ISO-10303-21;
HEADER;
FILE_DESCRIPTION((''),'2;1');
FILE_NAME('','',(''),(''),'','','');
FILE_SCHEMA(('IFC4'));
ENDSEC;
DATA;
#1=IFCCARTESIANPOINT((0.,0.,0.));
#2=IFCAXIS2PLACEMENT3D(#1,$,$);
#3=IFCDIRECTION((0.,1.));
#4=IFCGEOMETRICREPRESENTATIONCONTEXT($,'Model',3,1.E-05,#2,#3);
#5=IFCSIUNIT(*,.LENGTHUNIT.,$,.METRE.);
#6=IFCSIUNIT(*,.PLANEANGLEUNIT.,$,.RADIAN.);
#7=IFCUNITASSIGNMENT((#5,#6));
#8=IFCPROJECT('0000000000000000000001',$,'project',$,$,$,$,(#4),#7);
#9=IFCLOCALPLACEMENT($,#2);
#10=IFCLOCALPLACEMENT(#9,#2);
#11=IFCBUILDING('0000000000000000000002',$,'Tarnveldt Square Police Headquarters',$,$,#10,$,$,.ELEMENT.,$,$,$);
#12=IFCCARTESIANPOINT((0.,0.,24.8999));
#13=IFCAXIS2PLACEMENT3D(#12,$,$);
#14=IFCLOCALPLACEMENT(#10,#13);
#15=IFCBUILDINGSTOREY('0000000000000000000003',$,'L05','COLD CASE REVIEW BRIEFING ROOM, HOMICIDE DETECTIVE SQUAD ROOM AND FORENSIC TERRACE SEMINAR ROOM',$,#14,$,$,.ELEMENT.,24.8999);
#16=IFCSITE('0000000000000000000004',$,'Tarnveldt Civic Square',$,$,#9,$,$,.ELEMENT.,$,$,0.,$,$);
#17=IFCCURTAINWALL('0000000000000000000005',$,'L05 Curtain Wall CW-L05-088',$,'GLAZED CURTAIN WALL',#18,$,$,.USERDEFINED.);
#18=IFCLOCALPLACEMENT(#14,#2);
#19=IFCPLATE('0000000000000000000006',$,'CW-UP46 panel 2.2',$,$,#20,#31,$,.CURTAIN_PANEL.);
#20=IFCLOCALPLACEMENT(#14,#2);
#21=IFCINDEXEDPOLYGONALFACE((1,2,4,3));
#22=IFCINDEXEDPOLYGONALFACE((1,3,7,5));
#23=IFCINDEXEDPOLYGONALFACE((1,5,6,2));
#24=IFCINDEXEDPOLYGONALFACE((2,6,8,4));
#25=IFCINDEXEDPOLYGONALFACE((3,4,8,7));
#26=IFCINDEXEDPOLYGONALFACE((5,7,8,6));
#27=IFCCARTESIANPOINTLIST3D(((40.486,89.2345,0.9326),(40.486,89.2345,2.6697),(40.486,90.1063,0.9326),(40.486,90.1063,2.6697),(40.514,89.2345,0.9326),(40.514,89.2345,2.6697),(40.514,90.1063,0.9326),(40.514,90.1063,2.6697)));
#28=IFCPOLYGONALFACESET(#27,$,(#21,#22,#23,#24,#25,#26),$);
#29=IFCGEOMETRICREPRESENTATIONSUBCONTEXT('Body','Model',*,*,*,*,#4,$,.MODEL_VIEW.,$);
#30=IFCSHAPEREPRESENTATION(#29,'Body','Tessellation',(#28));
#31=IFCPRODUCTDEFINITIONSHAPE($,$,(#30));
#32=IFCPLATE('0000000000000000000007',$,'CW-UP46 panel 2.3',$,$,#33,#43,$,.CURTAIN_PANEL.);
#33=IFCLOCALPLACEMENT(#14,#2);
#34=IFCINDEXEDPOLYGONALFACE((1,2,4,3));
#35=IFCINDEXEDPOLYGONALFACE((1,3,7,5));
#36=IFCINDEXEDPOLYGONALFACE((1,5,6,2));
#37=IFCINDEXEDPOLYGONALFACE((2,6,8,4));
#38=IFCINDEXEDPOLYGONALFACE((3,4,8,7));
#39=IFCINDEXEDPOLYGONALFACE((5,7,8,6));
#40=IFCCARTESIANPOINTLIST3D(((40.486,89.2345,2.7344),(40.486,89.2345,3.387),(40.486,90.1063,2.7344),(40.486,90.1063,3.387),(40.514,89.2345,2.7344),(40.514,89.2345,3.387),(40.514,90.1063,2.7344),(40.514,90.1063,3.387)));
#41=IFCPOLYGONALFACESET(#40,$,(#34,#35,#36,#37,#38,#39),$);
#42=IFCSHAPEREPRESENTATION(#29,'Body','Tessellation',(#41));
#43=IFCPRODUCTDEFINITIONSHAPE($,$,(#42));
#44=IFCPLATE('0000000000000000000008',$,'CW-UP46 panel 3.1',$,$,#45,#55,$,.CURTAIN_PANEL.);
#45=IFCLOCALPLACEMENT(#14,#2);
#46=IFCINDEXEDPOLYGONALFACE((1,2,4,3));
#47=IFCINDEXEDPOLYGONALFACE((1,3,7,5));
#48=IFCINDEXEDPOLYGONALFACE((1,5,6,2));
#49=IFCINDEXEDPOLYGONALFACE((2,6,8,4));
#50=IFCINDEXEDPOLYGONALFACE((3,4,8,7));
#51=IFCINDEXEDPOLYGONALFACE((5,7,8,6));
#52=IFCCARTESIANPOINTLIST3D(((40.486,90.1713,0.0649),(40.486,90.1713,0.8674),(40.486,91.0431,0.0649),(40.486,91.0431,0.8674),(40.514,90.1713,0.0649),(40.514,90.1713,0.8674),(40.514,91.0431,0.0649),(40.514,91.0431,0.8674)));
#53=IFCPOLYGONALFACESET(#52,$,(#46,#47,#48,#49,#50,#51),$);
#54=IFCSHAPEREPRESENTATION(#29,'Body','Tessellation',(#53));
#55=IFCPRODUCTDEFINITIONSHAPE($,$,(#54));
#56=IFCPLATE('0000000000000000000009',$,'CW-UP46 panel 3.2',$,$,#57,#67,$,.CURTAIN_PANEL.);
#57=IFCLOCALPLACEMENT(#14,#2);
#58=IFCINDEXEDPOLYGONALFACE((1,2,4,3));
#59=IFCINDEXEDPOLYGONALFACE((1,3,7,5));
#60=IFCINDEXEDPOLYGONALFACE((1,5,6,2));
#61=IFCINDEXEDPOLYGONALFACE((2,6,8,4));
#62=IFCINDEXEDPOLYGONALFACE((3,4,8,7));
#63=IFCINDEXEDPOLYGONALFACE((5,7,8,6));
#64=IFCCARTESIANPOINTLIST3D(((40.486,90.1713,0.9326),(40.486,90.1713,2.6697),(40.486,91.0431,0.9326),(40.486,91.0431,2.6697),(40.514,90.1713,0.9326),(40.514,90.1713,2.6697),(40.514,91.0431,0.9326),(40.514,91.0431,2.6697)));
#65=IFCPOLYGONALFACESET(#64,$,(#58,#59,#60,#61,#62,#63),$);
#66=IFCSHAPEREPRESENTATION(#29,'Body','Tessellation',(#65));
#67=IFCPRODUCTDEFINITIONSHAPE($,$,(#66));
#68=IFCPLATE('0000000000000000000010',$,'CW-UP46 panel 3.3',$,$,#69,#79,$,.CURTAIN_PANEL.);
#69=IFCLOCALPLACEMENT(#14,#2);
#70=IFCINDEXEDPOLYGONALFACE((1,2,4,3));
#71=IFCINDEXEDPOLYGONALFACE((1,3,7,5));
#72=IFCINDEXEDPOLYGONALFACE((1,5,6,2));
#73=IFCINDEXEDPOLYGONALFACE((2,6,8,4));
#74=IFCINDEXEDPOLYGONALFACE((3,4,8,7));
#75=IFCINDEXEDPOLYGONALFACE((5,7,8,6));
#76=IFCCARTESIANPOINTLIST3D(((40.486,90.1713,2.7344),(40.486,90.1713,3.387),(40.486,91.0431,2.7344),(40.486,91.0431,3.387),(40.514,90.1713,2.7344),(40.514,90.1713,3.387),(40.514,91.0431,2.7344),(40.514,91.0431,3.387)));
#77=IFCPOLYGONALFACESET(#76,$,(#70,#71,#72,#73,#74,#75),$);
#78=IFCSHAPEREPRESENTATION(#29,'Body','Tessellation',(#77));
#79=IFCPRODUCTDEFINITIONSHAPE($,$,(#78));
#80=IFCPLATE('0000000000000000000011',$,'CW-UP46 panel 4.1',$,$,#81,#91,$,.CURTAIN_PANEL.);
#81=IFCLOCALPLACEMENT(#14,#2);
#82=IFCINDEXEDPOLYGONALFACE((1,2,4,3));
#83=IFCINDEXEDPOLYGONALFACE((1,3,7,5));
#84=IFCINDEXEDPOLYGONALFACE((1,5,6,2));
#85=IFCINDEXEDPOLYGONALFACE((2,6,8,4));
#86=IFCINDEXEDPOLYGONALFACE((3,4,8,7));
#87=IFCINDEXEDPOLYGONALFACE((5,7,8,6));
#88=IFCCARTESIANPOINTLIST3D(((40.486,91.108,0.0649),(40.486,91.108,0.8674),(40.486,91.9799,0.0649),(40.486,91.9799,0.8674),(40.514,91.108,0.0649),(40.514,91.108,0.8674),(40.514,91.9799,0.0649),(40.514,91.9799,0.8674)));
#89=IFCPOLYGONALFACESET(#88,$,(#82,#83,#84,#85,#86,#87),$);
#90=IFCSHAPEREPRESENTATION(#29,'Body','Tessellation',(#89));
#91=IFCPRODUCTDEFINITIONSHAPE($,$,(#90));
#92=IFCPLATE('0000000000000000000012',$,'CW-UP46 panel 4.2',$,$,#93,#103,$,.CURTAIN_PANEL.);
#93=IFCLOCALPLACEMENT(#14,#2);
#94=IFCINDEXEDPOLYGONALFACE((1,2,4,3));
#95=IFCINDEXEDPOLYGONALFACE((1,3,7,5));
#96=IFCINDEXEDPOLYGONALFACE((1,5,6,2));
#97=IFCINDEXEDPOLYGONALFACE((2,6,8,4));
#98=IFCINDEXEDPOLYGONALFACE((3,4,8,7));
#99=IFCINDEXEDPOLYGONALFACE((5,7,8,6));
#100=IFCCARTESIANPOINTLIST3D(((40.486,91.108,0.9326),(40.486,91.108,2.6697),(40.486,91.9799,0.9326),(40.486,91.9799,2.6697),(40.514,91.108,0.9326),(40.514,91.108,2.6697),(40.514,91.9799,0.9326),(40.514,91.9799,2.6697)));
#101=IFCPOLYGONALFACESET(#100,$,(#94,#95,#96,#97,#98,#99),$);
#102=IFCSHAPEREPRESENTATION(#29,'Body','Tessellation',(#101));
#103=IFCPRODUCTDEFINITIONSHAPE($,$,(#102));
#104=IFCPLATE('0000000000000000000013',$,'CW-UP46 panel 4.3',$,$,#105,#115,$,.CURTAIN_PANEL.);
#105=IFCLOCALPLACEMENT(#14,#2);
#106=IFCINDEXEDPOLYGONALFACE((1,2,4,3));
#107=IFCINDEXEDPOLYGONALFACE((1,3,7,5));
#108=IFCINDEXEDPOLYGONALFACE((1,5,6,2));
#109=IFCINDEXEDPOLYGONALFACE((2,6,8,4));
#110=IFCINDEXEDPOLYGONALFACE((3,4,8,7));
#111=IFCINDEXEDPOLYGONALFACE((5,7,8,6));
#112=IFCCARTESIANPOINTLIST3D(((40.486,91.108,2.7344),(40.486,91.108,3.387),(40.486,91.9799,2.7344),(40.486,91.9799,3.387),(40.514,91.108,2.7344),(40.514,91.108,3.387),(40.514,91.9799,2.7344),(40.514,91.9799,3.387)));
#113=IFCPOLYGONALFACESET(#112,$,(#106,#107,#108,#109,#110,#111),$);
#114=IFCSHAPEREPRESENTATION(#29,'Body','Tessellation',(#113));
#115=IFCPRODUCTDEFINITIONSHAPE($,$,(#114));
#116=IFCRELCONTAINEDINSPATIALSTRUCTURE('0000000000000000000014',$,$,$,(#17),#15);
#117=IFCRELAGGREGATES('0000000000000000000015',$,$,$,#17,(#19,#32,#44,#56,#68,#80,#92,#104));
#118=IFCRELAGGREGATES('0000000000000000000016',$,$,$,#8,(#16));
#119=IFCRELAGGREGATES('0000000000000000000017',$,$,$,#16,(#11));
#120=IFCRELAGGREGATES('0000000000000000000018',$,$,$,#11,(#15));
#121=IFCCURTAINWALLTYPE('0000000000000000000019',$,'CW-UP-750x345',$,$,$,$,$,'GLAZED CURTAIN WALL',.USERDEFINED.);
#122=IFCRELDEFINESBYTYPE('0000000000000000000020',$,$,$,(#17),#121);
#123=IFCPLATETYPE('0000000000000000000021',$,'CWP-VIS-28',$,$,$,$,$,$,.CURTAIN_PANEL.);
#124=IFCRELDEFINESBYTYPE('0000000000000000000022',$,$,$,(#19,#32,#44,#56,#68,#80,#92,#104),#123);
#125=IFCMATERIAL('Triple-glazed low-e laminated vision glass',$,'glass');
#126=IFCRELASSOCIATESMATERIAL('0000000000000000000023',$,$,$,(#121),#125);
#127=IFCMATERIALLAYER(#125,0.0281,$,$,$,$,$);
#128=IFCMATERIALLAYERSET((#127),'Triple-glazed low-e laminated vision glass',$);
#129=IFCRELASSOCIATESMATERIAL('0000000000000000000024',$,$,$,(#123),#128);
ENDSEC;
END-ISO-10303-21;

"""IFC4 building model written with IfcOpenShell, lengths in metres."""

from ifc_helpers import new_model, si_unit, direction, frame, origin, origin_2d, place, context, subcontext, project, spatial, rectangle, extrude, material, layer, layer_set, type_object, element, aggregate, save


model = new_model("IFC4")

# Units and contexts
model_context = context("Model", 3, precision=1e-05, world=origin(), true_north=direction((0.0, 1.0)))
body_context = subcontext(model_context, "Body", "Model", "MODEL_VIEW")
ifc_project = project(units=[si_unit("LENGTHUNIT", "METRE"), si_unit("PLANEANGLEUNIT", "RADIAN")], contexts=[model_context])

# Site, building, storey
site_placement = place(None, origin())
site = spatial("IfcSite", under=ifc_project, at=site_placement, Name="Tarnveldt Civic Square", CompositionType="ELEMENT", RefElevation=0.0)
building_placement = place(site_placement, origin())
building = spatial("IfcBuilding", under=site, at=building_placement, Name="Tarnveldt Square Police Headquarters", CompositionType="ELEMENT")
storey_placement = place(building_placement, frame((0.0, 0.0, 24.8999)))
storey = spatial("IfcBuildingStorey", under=building, at=storey_placement, Name="L05", Description="COLD CASE REVIEW BRIEFING ROOM, HOMICIDE DETECTIVE SQUAD ROOM AND FORENSIC TERRACE SEMINAR ROOM", CompositionType="ELEMENT", Elevation=24.8999)

# Curtain wall
ifc_material_1 = material(Name="Triple-glazed low-e laminated vision glass", Category="glass")
curtain_wall_type_1 = type_object("IfcCurtainWallType", Name="CW-UP-750x345", ElementType="GLAZED CURTAIN WALL", PredefinedType="USERDEFINED", material=ifc_material_1)
curtain_wall_1_placement = place(storey_placement, origin())
curtain_wall_1 = element("IfcCurtainWall", 1, at=curtain_wall_1_placement, inside=storey, type_object=curtain_wall_type_1, Name="L05 Curtain Wall CW-L05-088", ObjectType="GLAZED CURTAIN WALL", PredefinedType="USERDEFINED")

# Shared definitions
ifc_layer = layer(ifc_material_1, 0.0281)
ifc_layer_set = layer_set([ifc_layer], Name="Triple-glazed low-e laminated vision glass")
plate_type = type_object("IfcPlateType", Name="CWP-VIS-28", PredefinedType="CURTAIN_PANEL", material=ifc_layer_set)

# Plates
plate_1_placement = place(storey_placement, frame((40.5, 89.6704, 0.9326), z_axis=(0.0, 0.0, 1.0), x_axis=(0.0, 1.0, 0.0)))
plate_1 = element("IfcPlate", 2, at=plate_1_placement, type_object=plate_type, Name="CW-UP46 panel 2.2", PredefinedType="CURTAIN_PANEL", context=body_context, shape_type="SweptSolid", body=[
    extrude(rectangle(XDim=0.8718, YDim=0.0281, at=origin_2d()), origin(), (0.0, 0.0, 1.0), 1.7371),
])
plate_2_placement = place(storey_placement, frame((40.5, 89.6704, 2.7344), z_axis=(0.0, 0.0, 1.0), x_axis=(0.0, 1.0, 0.0)))
plate_2 = element("IfcPlate", 3, at=plate_2_placement, type_object=plate_type, Name="CW-UP46 panel 2.3", PredefinedType="CURTAIN_PANEL", context=body_context, shape_type="SweptSolid", body=[
    extrude(rectangle(XDim=0.8718, YDim=0.0281, at=origin_2d()), origin(), (0.0, 0.0, 1.0), 0.6526),
])
plate_3_placement = place(storey_placement, frame((40.5, 90.6072, 0.0649), z_axis=(0.0, 0.0, 1.0), x_axis=(0.0, 1.0, 0.0)))
plate_3 = element("IfcPlate", 4, at=plate_3_placement, type_object=plate_type, Name="CW-UP46 panel 3.1", PredefinedType="CURTAIN_PANEL", context=body_context, shape_type="SweptSolid", body=[
    extrude(rectangle(XDim=0.8718, YDim=0.0281, at=origin_2d()), origin(), (0.0, 0.0, 1.0), 0.8025),
])
plate_4_placement = place(storey_placement, frame((40.5, 90.6072, 0.9326), z_axis=(0.0, 0.0, 1.0), x_axis=(0.0, 1.0, 0.0)))
plate_4 = element("IfcPlate", 5, at=plate_4_placement, type_object=plate_type, Name="CW-UP46 panel 3.2", PredefinedType="CURTAIN_PANEL", context=body_context, shape_type="SweptSolid", body=[
    extrude(rectangle(XDim=0.8718, YDim=0.0281, at=origin_2d()), origin(), (0.0, 0.0, 1.0), 1.7371),
])
plate_5_placement = place(storey_placement, frame((40.5, 90.6072, 2.7344), z_axis=(0.0, 0.0, 1.0), x_axis=(0.0, 1.0, 0.0)))
plate_5 = element("IfcPlate", 6, at=plate_5_placement, type_object=plate_type, Name="CW-UP46 panel 3.3", PredefinedType="CURTAIN_PANEL", context=body_context, shape_type="SweptSolid", body=[
    extrude(rectangle(XDim=0.8718, YDim=0.0281, at=origin_2d()), origin(), (0.0, 0.0, 1.0), 0.6526),
])
plate_6_placement = place(storey_placement, frame((40.5, 91.5439, 0.0649), z_axis=(0.0, 0.0, 1.0), x_axis=(0.0, 1.0, 0.0)))
plate_6 = element("IfcPlate", 7, at=plate_6_placement, type_object=plate_type, Name="CW-UP46 panel 4.1", PredefinedType="CURTAIN_PANEL", context=body_context, shape_type="SweptSolid", body=[
    extrude(rectangle(XDim=0.8718, YDim=0.0281, at=origin_2d()), origin(), (0.0, 0.0, 1.0), 0.8025),
])
plate_7_placement = place(storey_placement, frame((40.5, 91.5439, 0.9326), z_axis=(0.0, 0.0, 1.0), x_axis=(0.0, 1.0, 0.0)))
plate_7 = element("IfcPlate", 8, at=plate_7_placement, type_object=plate_type, Name="CW-UP46 panel 4.2", PredefinedType="CURTAIN_PANEL", context=body_context, shape_type="SweptSolid", body=[
    extrude(rectangle(XDim=0.8718, YDim=0.0281, at=origin_2d()), origin(), (0.0, 0.0, 1.0), 1.7371),
])
plate_8_placement = place(storey_placement, frame((40.5, 91.5439, 2.7344), z_axis=(0.0, 0.0, 1.0), x_axis=(0.0, 1.0, 0.0)))
plate_8 = element("IfcPlate", 9, at=plate_8_placement, type_object=plate_type, Name="CW-UP46 panel 4.3", PredefinedType="CURTAIN_PANEL", context=body_context, shape_type="SweptSolid", body=[
    extrude(rectangle(XDim=0.8718, YDim=0.0281, at=origin_2d()), origin(), (0.0, 0.0, 1.0), 0.6526),
])
aggregate(curtain_wall_1, [plate_1, plate_2, plate_3, plate_4, plate_5, plate_6, plate_7, plate_8])

save(model, "model.ifc")
